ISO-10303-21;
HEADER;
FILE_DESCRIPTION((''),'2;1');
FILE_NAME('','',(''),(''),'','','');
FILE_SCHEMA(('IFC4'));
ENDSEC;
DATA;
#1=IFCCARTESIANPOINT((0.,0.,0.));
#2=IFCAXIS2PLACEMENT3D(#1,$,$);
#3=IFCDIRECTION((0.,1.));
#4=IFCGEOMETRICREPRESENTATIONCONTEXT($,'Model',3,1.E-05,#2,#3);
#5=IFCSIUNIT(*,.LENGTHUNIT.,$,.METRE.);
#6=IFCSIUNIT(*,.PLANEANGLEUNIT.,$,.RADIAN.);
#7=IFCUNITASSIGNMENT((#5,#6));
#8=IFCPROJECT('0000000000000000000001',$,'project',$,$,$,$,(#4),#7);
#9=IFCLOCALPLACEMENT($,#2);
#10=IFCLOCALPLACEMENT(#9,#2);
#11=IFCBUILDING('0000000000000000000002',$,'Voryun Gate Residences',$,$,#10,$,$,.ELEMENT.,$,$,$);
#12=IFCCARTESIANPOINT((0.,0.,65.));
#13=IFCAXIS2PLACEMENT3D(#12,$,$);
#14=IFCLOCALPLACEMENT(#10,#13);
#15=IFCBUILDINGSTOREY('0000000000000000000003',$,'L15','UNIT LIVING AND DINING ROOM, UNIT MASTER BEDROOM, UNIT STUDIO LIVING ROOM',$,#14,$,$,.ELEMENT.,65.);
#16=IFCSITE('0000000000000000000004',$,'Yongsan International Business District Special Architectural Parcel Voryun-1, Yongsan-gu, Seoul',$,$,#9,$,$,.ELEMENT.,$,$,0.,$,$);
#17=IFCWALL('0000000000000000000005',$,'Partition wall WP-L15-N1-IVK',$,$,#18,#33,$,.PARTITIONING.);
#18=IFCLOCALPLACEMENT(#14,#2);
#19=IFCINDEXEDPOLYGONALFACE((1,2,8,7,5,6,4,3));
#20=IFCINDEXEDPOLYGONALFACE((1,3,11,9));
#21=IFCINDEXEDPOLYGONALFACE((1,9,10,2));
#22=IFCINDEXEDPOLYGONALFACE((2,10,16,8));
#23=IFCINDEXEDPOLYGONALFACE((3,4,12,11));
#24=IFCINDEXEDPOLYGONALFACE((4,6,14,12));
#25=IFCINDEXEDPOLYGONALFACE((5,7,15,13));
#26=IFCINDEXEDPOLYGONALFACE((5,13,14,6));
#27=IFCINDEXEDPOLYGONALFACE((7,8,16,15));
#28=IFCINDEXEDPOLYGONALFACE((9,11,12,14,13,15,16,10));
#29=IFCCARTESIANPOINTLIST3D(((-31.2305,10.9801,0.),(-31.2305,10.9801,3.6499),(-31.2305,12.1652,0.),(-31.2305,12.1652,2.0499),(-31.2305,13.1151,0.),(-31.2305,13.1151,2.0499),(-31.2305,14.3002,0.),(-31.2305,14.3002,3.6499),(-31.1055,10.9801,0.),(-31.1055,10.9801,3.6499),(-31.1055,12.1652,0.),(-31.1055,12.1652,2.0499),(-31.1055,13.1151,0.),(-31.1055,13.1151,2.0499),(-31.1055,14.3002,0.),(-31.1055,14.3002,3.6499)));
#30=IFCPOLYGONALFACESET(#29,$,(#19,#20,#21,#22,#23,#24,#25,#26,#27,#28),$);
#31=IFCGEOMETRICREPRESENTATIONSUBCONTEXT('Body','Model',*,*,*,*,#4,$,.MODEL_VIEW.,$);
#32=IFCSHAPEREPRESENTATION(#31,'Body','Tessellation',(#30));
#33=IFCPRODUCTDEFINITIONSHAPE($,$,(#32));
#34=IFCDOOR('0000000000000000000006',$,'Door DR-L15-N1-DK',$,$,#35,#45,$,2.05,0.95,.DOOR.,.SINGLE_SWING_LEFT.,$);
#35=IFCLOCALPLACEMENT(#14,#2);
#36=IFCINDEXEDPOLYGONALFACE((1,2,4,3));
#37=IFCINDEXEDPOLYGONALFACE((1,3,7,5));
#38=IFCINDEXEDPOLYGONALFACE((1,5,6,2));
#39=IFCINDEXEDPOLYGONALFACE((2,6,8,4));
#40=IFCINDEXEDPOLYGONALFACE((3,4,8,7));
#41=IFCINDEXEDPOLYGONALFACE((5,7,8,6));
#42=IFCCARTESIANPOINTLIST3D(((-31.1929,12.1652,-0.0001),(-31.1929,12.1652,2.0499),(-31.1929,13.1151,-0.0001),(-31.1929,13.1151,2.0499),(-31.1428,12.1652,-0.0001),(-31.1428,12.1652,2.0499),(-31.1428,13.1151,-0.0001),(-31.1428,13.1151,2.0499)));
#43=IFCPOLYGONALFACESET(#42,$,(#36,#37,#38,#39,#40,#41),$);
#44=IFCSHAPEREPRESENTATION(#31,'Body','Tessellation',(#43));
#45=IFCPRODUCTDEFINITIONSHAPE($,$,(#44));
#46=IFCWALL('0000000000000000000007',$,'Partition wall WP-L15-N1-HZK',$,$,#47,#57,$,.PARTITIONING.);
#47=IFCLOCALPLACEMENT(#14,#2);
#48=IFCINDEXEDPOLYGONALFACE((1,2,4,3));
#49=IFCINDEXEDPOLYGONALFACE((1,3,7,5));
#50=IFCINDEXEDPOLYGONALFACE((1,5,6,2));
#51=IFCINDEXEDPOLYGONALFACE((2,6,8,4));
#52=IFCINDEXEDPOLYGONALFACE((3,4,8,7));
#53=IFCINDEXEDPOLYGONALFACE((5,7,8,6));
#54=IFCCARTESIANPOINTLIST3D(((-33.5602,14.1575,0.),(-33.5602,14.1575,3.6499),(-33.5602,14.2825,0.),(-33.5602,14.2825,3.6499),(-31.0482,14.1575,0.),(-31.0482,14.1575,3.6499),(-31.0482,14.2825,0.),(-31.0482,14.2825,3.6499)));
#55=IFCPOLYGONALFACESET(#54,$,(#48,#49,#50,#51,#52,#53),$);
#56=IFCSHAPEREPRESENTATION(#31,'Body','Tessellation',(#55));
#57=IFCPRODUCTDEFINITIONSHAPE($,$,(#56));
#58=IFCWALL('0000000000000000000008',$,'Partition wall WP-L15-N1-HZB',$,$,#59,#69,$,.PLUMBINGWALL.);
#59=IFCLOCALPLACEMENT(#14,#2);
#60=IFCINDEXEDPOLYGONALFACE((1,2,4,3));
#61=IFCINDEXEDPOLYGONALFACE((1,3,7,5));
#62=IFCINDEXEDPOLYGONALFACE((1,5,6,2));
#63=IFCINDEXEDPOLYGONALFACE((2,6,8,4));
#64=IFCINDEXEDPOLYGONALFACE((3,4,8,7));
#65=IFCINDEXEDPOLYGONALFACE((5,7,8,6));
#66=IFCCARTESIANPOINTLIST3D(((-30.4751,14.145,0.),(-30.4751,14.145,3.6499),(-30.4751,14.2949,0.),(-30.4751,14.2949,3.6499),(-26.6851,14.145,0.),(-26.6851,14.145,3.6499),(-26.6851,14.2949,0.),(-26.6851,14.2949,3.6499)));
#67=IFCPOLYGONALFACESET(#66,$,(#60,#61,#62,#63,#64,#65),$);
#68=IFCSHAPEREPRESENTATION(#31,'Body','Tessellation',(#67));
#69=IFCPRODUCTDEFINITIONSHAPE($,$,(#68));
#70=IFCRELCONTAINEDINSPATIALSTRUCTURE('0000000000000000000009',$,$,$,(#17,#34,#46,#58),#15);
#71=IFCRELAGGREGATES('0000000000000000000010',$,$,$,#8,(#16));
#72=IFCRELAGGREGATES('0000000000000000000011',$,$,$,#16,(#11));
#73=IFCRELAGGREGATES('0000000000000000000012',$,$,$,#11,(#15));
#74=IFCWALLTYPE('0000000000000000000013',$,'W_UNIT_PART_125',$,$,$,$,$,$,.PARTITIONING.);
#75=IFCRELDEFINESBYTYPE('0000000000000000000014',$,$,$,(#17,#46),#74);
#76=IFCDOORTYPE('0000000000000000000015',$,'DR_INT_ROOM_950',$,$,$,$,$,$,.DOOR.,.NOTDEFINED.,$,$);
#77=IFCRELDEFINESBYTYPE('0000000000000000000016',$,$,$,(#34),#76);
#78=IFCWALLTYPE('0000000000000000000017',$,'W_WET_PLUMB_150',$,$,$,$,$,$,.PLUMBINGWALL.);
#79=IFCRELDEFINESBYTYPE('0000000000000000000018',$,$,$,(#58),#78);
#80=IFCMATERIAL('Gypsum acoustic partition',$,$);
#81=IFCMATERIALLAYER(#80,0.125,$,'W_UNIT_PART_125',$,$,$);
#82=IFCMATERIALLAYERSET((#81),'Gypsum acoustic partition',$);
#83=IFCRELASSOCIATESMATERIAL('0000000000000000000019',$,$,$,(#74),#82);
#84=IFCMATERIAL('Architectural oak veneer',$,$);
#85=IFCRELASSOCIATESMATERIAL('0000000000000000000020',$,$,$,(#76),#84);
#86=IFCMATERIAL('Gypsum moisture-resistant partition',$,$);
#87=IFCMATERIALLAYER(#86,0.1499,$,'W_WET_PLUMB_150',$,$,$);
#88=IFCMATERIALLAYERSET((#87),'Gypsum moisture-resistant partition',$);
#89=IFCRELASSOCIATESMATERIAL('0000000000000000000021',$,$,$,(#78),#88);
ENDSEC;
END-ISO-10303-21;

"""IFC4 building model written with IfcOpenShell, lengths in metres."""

from ifc_helpers import new_model, si_unit, direction, frame, frame_2d, origin, place, context, subcontext, project, spatial, rectangle, extrude, material, layer, layer_set, type_object, element, fill, save


model = new_model("IFC4")

# Units and contexts
model_context = context("Model", 3, precision=1e-05, world=origin(), true_north=direction((0.0, 1.0)))
body_context = subcontext(model_context, "Body", "Model", "MODEL_VIEW")
ifc_project = project(units=[si_unit("LENGTHUNIT", "METRE"), si_unit("PLANEANGLEUNIT", "RADIAN")], contexts=[model_context])

# Site, building, storey
site_placement = place(None, origin())
site = spatial("IfcSite", under=ifc_project, at=site_placement, Name="Yongsan International Business District Special Architectural Parcel Voryun-1, Yongsan-gu, Seoul", CompositionType="ELEMENT", RefElevation=0.0)
building_placement = place(site_placement, origin())
building = spatial("IfcBuilding", under=site, at=building_placement, Name="Voryun Gate Residences", CompositionType="ELEMENT")
storey_placement = place(building_placement, frame((0.0, 0.0, 65.0)))
storey = spatial("IfcBuildingStorey", under=building, at=storey_placement, Name="L15", Description="UNIT LIVING AND DINING ROOM, UNIT MASTER BEDROOM, UNIT STUDIO LIVING ROOM", CompositionType="ELEMENT", Elevation=65.0)

# Wall, opening, door
ifc_material_1 = material(Name="Gypsum acoustic partition")
ifc_layer_1 = layer(ifc_material_1, 0.125, Name="W_UNIT_PART_125")
ifc_layer_set_1 = layer_set([ifc_layer_1], Name="Gypsum acoustic partition")
wall_type_1 = type_object("IfcWallType", Name="W_UNIT_PART_125", PredefinedType="PARTITIONING", material=ifc_layer_set_1)
wall_1_placement = place(storey_placement, frame((-31.168, 10.98, 0.0), z_axis=(0.0, 0.0, 1.0), x_axis=(0.0, 1.0, 0.0)))
wall_1 = element("IfcWall", 1, at=wall_1_placement, inside=storey, type_object=wall_type_1, Name="Partition wall WP-L15-N1-IVK", PredefinedType="PARTITIONING", context=body_context, shape_type="SweptSolid", body=[
    extrude(rectangle(XDim=3.3201, YDim=0.125, at=frame_2d((1.6602, 0.0))), origin(), (0.0, 0.0, 1.0), 3.6499),
])
opening_1_placement = place(wall_1_placement, frame((1.1851, 0.0, 0.0)))
opening_1 = element("IfcOpeningElement", 2, at=opening_1_placement, cuts=wall_1, PredefinedType="OPENING", context=body_context, shape_type="SweptSolid", body=[
    extrude(rectangle(XDim=0.95, YDim=2.05, at=frame_2d((0.4751, 1.0249))), frame((0.0, 0.0725, 0.0), z_axis=(0.0, -1.0, 0.0), x_axis=(1.0, 0.0, 0.0)), (0.0, 0.0, 1.0), 0.145),
])
ifc_material_2 = material(Name="Architectural oak veneer")
door_type_1 = type_object("IfcDoorType", Name="DR_INT_ROOM_950", OperationType="NOTDEFINED", PredefinedType="DOOR", material=ifc_material_2)
door_1_placement = place(opening_1_placement, origin())
door_1 = element("IfcDoor", 3, at=door_1_placement, inside=storey, type_object=door_type_1, Name="Door DR-L15-N1-DK", OperationType="SINGLE_SWING_LEFT", OverallHeight=2.05, OverallWidth=0.95, PredefinedType="DOOR", context=body_context, shape_type="SweptSolid", body=[
    extrude(rectangle(XDim=0.95, YDim=2.05, at=frame_2d((0.4751, 1.0249))), frame((0.0, 0.0249, 0.0), z_axis=(0.0, -1.0, 0.0), x_axis=(1.0, 0.0, 0.0)), (0.0, 0.0, 1.0), 0.05),
])
fill(opening_1, door_1)

# Walls
wall_2_placement = place(storey_placement, frame((-33.5601, 14.22, 0.0), z_axis=(0.0, 0.0, 1.0), x_axis=(1.0, 0.0, 0.0)))
element("IfcWall", 4, at=wall_2_placement, inside=storey, type_object=wall_type_1, Name="Partition wall WP-L15-N1-HZK", PredefinedType="PARTITIONING", context=body_context, shape_type="SweptSolid", body=[
    extrude(rectangle(XDim=2.512, YDim=0.125, at=frame_2d((1.2559, 0.0))), origin(), (0.0, 0.0, 1.0), 3.6499),
])
ifc_material_3 = material(Name="Gypsum moisture-resistant partition")
ifc_layer_2 = layer(ifc_material_3, 0.1499, Name="W_WET_PLUMB_150")
ifc_layer_set_2 = layer_set([ifc_layer_2], Name="Gypsum moisture-resistant partition")
wall_type_2 = type_object("IfcWallType", Name="W_WET_PLUMB_150", PredefinedType="PLUMBINGWALL", material=ifc_layer_set_2)
wall_3_placement = place(storey_placement, frame((-30.4751, 14.22, 0.0), z_axis=(0.0, 0.0, 1.0), x_axis=(1.0, 0.0, 0.0)))
element("IfcWall", 5, at=wall_3_placement, inside=storey, type_object=wall_type_2, Name="Partition wall WP-L15-N1-HZB", PredefinedType="PLUMBINGWALL", context=body_context, shape_type="SweptSolid", body=[
    extrude(rectangle(XDim=3.79, YDim=0.1499, at=frame_2d((1.895, 0.0))), origin(), (0.0, 0.0, 1.0), 3.6499),
])

save(model, "model.ifc")
